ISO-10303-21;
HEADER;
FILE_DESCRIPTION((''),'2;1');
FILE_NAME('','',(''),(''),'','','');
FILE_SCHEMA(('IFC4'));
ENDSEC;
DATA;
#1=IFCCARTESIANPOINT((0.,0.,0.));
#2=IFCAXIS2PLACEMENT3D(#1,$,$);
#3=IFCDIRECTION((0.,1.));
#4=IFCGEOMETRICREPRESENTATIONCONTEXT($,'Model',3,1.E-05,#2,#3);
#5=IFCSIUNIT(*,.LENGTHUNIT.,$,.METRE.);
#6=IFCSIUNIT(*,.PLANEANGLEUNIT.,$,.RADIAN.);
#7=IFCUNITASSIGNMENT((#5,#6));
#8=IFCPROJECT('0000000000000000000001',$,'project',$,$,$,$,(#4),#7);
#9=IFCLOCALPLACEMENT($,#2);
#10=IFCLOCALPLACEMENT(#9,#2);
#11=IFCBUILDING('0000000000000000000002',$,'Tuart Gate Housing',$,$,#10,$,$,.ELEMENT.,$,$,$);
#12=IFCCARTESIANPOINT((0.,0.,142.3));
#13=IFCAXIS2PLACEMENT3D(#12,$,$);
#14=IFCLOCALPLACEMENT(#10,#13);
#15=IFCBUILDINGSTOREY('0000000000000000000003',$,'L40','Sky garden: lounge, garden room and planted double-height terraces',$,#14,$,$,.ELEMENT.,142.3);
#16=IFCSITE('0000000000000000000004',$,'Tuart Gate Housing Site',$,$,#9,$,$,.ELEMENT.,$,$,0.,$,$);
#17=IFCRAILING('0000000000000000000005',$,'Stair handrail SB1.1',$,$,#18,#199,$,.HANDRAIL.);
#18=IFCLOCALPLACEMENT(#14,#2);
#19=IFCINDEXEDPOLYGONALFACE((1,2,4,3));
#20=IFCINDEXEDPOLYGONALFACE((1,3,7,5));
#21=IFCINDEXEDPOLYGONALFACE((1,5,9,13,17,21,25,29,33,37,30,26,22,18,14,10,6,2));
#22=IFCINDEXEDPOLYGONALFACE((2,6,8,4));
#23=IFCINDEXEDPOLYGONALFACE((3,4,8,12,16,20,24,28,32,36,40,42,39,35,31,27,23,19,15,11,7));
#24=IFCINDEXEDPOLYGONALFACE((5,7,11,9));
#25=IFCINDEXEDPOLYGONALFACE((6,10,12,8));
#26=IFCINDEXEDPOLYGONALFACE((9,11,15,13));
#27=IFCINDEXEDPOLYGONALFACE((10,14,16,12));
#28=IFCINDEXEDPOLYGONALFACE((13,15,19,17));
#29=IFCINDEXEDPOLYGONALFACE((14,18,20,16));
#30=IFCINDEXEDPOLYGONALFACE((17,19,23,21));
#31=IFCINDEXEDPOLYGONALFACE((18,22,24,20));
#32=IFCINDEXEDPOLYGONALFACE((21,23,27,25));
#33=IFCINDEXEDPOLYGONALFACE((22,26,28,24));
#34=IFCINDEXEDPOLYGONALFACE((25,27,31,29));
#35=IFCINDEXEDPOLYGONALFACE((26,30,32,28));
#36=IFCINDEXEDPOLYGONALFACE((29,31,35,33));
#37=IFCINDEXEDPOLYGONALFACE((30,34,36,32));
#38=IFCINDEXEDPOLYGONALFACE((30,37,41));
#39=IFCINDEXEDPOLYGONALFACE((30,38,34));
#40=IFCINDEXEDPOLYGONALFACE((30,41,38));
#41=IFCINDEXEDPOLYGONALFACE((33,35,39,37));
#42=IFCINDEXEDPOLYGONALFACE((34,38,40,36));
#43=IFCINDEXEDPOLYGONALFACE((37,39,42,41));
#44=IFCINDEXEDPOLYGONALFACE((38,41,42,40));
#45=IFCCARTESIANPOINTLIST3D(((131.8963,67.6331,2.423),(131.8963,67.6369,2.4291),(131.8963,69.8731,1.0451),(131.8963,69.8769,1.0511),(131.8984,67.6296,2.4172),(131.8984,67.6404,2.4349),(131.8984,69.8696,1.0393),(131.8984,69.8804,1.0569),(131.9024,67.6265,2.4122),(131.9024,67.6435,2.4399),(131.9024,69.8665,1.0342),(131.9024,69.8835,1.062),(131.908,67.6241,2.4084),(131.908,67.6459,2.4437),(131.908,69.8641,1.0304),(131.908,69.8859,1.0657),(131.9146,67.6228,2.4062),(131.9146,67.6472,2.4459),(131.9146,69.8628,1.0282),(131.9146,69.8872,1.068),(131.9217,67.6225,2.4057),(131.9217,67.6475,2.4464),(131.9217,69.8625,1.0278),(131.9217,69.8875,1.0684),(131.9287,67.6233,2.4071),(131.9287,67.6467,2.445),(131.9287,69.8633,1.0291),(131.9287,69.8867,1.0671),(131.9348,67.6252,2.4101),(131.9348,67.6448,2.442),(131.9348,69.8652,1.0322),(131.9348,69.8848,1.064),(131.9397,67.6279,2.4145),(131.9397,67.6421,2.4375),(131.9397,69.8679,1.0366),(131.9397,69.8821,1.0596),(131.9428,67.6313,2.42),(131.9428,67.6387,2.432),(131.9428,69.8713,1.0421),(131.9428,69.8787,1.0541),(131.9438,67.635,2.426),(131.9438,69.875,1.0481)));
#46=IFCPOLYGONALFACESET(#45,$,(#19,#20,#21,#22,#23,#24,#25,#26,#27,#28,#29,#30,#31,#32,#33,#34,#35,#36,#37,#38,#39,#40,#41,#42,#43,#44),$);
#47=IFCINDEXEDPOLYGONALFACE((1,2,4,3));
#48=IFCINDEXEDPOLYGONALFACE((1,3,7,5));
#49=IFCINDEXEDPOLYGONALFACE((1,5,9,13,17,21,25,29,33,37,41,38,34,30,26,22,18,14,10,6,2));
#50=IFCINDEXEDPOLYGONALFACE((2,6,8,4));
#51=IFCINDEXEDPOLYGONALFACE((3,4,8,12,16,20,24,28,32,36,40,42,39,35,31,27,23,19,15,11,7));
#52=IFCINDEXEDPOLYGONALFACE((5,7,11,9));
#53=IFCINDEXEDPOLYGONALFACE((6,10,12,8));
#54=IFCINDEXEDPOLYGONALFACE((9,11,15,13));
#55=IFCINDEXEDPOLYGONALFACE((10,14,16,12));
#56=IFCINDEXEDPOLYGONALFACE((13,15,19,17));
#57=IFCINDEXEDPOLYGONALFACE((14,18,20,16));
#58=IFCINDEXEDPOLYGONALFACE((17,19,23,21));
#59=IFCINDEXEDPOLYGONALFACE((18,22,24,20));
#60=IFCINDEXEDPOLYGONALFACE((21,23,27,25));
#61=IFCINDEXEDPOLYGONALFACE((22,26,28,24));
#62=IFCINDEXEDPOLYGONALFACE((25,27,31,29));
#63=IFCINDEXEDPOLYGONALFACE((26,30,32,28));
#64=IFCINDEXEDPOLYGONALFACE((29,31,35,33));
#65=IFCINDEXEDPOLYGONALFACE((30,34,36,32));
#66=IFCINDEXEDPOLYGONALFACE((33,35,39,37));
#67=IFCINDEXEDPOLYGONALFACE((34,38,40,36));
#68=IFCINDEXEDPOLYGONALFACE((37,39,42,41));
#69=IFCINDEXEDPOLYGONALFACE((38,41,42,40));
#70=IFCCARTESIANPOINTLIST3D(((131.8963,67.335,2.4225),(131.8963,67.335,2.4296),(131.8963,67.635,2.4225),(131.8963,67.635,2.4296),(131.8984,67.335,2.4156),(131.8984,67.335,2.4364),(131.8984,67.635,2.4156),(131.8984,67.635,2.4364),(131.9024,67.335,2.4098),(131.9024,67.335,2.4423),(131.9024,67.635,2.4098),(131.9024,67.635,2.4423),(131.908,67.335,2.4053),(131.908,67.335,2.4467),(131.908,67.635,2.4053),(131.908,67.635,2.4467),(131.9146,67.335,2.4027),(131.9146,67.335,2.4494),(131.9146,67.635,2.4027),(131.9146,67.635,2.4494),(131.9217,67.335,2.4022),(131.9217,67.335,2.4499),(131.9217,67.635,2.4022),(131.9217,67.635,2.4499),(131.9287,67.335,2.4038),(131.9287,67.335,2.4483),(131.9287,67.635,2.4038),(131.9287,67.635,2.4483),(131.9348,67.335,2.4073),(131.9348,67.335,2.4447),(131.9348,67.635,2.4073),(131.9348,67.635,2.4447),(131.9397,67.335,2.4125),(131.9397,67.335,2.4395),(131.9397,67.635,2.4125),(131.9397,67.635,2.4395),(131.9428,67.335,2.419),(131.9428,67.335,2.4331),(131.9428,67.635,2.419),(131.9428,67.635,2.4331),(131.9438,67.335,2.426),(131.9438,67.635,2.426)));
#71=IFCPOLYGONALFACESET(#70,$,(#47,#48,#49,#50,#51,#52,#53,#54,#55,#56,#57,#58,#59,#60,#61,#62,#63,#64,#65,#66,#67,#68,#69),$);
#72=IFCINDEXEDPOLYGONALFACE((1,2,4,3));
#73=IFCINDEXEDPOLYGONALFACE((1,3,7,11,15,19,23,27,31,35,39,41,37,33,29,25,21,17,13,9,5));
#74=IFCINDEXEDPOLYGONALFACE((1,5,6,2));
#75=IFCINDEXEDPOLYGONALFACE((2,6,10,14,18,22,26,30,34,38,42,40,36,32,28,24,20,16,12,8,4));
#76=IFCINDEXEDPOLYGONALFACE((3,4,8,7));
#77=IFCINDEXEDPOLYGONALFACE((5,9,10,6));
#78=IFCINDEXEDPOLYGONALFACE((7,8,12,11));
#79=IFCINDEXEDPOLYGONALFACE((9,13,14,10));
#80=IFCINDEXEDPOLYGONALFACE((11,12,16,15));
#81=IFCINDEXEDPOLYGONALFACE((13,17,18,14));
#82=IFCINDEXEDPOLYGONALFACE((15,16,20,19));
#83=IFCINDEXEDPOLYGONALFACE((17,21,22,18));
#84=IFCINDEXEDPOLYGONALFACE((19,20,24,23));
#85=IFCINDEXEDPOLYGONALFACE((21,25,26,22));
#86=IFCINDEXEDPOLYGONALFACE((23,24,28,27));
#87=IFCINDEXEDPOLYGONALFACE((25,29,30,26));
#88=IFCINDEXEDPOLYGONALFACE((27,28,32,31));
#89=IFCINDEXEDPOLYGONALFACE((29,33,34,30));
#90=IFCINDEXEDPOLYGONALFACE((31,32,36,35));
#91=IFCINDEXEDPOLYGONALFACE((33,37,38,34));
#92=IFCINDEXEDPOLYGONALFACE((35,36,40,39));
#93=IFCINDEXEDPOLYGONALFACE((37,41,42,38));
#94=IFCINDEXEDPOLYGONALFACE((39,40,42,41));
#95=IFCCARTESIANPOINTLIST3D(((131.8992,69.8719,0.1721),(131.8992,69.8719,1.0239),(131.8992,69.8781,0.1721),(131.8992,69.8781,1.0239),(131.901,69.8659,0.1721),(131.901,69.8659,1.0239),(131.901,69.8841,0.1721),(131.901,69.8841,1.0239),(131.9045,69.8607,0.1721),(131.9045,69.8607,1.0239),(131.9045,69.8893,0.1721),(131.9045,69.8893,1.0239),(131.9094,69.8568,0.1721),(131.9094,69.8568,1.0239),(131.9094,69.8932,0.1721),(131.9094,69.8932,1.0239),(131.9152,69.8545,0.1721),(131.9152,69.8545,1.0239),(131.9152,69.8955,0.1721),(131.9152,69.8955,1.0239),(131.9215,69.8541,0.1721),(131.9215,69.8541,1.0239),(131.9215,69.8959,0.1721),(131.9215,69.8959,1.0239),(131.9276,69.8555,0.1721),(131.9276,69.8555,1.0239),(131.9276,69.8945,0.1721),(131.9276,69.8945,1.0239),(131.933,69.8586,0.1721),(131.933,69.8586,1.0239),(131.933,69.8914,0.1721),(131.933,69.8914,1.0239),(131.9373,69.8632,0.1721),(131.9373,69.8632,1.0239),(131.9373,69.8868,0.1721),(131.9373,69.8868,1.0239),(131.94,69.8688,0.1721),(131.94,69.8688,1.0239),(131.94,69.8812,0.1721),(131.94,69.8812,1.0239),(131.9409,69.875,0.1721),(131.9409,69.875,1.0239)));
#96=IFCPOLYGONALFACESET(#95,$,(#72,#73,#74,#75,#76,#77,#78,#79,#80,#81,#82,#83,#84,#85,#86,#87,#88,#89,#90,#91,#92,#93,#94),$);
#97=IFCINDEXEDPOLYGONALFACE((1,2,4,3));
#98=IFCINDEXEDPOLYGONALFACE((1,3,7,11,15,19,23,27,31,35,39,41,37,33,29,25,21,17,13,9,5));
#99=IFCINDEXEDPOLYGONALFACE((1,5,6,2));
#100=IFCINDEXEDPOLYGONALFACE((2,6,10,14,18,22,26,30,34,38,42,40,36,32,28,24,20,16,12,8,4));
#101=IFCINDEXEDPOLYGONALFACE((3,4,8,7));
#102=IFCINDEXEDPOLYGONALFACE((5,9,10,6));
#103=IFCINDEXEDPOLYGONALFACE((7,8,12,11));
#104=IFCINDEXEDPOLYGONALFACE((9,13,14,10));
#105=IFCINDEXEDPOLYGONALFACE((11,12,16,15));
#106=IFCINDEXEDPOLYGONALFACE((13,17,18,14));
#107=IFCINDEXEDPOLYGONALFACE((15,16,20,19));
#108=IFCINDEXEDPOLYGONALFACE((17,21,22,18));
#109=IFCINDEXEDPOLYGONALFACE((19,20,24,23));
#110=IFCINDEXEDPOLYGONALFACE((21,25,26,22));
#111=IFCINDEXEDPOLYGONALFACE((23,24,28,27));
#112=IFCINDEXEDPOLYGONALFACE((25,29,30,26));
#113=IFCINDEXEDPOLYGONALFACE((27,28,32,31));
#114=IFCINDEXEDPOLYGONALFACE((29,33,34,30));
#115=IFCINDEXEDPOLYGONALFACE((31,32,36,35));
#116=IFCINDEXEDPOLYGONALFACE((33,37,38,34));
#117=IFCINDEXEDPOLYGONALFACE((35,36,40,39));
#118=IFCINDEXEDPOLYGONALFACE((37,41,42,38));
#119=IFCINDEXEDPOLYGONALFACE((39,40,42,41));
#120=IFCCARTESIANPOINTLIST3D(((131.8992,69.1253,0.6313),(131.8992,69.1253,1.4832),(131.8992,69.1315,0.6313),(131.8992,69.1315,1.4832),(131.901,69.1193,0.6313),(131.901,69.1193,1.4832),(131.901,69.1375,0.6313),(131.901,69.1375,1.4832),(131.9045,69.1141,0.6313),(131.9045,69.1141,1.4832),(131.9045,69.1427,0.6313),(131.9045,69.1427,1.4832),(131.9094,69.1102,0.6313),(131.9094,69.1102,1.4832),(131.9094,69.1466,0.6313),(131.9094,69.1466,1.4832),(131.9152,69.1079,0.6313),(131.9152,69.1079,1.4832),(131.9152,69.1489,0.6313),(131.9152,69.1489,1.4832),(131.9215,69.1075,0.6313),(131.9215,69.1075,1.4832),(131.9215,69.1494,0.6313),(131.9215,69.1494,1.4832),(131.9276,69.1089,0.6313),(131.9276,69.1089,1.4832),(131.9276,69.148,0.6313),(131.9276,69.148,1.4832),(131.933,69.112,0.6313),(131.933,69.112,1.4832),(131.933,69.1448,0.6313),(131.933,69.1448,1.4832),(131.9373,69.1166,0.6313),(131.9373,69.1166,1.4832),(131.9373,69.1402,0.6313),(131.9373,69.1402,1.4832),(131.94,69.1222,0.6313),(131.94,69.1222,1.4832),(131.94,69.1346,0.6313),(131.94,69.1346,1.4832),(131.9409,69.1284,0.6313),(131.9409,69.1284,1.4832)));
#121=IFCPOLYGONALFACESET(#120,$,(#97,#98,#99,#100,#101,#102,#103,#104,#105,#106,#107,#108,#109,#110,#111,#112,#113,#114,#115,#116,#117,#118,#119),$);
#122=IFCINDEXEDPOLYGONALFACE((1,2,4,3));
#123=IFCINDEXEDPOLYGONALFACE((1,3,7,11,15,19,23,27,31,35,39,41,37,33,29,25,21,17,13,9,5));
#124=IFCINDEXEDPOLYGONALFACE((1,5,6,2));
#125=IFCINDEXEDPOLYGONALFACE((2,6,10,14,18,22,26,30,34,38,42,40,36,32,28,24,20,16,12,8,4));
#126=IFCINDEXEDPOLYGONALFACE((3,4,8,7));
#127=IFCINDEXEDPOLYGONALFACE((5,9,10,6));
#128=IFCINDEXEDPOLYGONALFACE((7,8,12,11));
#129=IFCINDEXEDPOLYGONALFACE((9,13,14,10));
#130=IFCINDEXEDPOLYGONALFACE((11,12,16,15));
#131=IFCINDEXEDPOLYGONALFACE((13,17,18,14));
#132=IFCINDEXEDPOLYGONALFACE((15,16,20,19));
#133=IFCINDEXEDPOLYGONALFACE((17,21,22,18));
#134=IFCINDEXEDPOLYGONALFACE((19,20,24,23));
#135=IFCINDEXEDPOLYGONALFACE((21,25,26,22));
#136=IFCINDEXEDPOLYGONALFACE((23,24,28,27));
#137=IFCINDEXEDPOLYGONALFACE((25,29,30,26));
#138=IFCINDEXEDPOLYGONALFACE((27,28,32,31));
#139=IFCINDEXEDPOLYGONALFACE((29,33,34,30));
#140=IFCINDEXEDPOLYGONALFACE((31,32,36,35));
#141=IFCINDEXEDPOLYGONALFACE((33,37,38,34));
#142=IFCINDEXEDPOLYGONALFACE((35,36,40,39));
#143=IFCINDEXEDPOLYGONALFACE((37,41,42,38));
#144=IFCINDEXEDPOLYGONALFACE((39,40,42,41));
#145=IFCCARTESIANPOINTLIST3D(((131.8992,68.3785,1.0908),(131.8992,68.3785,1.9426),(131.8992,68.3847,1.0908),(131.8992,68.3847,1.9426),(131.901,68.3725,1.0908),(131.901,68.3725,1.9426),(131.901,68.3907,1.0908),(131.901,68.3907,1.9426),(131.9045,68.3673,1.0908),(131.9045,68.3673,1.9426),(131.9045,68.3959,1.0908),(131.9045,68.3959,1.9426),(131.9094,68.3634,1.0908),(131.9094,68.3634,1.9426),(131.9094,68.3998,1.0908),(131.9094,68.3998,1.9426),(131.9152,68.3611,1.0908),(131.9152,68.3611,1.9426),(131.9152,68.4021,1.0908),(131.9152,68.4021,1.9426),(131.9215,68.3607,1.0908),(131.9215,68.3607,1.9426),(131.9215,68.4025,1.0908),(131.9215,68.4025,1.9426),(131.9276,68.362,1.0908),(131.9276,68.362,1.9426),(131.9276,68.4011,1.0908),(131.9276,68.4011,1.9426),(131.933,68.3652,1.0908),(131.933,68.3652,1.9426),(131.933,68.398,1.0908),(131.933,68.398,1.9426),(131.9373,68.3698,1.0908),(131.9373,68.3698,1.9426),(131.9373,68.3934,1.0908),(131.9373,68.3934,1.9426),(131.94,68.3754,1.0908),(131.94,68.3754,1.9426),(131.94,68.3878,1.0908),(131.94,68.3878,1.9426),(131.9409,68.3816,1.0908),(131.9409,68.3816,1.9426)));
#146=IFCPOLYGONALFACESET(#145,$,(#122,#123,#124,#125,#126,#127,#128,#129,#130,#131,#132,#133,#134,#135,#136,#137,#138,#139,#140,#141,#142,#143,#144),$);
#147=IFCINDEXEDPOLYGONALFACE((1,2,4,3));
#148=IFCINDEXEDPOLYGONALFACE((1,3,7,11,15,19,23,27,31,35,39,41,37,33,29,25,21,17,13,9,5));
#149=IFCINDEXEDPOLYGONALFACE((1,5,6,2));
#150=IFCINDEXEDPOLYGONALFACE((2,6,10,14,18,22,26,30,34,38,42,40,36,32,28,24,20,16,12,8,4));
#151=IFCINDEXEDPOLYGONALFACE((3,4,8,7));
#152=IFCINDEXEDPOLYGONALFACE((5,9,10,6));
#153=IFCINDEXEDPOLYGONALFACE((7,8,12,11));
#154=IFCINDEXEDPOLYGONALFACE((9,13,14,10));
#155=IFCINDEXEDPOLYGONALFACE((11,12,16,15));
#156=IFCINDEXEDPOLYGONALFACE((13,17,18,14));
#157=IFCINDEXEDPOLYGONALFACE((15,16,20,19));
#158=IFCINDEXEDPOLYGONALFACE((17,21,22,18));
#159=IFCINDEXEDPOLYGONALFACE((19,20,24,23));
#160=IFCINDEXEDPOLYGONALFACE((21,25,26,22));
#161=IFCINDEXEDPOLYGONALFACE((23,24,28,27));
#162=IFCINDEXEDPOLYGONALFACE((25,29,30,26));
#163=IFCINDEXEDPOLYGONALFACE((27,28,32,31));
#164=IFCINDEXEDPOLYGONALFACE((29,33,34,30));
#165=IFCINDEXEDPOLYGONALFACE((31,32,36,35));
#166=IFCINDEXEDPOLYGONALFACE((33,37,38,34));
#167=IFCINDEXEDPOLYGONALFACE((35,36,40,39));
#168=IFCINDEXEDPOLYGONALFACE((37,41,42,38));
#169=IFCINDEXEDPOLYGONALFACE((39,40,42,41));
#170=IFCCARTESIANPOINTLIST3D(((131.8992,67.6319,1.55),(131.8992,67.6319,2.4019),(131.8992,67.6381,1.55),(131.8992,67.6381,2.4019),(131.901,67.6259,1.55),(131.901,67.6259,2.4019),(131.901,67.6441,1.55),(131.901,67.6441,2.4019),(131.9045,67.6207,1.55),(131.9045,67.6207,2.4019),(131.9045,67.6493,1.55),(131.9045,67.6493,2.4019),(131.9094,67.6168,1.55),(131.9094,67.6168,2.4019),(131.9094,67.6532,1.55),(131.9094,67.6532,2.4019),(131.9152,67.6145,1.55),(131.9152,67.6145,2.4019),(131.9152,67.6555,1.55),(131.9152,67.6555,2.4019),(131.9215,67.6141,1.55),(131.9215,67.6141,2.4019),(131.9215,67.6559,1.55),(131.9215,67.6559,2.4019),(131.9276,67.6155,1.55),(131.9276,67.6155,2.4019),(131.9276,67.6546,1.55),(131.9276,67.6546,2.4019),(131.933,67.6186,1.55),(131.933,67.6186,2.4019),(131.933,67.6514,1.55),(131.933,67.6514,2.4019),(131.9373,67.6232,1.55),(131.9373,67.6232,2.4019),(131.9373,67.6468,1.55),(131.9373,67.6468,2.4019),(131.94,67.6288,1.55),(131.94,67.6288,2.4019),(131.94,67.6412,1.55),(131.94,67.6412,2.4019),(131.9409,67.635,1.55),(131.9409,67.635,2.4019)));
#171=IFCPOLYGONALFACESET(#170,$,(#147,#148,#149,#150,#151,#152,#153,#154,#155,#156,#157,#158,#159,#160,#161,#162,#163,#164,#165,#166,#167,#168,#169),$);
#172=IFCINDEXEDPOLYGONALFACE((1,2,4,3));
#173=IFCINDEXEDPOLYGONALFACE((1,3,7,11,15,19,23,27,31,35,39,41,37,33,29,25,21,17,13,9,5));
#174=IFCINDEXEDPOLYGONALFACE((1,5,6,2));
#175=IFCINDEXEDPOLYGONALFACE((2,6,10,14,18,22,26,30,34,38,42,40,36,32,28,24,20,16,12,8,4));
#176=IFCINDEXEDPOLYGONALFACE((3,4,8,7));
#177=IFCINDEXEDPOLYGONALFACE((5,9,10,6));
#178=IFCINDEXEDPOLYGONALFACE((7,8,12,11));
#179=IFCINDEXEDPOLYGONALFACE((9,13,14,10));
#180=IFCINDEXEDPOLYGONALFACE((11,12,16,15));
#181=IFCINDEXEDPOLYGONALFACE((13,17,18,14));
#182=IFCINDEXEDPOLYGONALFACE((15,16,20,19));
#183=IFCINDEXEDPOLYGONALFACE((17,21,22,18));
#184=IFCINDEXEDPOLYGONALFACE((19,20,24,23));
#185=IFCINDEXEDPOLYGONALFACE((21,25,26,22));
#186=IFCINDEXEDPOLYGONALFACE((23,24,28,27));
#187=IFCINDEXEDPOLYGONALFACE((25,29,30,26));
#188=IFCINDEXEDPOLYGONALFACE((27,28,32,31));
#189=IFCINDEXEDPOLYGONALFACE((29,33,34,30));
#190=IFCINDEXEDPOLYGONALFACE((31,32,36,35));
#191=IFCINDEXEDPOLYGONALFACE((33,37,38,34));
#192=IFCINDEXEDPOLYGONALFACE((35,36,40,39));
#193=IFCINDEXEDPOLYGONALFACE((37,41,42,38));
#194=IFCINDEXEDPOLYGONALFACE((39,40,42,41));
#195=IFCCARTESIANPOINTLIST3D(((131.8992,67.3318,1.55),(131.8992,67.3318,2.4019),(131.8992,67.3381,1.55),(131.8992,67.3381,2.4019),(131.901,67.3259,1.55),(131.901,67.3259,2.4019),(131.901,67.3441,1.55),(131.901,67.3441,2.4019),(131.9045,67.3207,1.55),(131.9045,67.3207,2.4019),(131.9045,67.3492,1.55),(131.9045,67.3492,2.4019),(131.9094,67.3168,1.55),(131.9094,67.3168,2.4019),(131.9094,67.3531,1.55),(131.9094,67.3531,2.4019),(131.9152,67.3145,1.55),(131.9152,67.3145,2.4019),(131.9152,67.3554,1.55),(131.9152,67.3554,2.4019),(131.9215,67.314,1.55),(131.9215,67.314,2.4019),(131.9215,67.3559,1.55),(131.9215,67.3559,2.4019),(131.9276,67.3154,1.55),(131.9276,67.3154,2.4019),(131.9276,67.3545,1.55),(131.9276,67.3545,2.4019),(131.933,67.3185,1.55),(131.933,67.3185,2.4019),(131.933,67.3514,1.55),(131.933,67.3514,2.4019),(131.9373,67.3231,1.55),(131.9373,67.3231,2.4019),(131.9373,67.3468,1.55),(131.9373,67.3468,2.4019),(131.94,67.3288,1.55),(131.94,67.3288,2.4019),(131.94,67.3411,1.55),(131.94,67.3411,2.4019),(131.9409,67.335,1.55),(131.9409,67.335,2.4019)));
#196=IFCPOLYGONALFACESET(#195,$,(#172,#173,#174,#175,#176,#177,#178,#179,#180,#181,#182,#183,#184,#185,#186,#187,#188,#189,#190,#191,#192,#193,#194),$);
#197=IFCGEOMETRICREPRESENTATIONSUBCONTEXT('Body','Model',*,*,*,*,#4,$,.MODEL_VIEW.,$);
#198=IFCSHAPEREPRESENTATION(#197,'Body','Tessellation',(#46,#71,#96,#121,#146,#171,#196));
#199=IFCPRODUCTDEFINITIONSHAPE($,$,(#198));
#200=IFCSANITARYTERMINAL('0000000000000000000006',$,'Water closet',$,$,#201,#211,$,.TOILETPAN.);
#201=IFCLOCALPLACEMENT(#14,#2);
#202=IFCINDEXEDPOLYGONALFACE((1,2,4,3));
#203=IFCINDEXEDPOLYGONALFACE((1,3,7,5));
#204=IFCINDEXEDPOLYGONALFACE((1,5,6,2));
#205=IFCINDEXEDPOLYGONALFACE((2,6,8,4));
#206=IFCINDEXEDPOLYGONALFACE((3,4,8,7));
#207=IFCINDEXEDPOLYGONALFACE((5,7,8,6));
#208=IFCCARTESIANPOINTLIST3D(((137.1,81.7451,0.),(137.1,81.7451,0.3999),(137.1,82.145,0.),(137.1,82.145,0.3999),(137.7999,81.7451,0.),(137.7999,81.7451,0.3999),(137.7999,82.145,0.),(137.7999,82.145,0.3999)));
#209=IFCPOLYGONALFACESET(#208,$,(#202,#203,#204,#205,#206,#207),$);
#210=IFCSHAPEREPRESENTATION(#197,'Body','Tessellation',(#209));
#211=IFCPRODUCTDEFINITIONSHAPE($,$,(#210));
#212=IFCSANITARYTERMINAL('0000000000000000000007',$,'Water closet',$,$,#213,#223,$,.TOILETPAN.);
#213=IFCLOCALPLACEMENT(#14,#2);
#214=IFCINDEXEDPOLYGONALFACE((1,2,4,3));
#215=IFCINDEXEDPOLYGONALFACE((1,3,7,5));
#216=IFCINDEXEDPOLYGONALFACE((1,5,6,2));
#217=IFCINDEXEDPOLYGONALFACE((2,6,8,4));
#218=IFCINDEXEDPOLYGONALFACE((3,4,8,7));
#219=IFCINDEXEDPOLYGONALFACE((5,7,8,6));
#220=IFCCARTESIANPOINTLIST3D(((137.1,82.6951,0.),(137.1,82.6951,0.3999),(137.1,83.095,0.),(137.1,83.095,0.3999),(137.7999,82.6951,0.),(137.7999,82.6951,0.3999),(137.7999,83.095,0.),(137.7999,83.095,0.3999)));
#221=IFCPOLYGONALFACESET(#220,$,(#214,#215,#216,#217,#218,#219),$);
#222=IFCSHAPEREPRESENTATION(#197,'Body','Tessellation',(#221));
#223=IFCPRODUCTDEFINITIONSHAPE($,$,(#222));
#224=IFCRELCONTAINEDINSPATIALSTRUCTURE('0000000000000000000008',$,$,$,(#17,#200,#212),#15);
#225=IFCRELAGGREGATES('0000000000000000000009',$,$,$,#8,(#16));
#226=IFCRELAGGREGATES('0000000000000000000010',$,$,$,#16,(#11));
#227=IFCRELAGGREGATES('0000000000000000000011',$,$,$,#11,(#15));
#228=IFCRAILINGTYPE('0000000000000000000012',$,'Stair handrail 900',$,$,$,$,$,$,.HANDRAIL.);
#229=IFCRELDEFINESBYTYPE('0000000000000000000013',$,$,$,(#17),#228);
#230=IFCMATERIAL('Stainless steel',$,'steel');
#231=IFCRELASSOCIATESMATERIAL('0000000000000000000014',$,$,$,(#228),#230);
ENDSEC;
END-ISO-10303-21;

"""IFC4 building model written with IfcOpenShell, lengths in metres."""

from ifc_helpers import new_model, si_unit, direction, frame, origin, origin_2d, place, context, subcontext, project, spatial, rectangle, circle, extrude, material, type_object, element, save


model = new_model("IFC4")

# Units and contexts
model_context = context("Model", 3, precision=1e-05, world=origin(), true_north=direction((0.0, 1.0)))
body_context = subcontext(model_context, "Body", "Model", "MODEL_VIEW")
ifc_project = project(units=[si_unit("LENGTHUNIT", "METRE"), si_unit("PLANEANGLEUNIT", "RADIAN")], contexts=[model_context])

# Site, building, storey
site_placement = place(None, origin())
site = spatial("IfcSite", under=ifc_project, at=site_placement, Name="Tuart Gate Housing Site", CompositionType="ELEMENT", RefElevation=0.0)
building_placement = place(site_placement, origin())
building = spatial("IfcBuilding", under=site, at=building_placement, Name="Tuart Gate Housing", CompositionType="ELEMENT")
storey_placement = place(building_placement, frame((0.0, 0.0, 142.3)))
storey = spatial("IfcBuildingStorey", under=building, at=storey_placement, Name="L40", Description="Sky garden: lounge, garden room and planted double-height terraces", CompositionType="ELEMENT", Elevation=142.3)

# Railing
ifc_material_1 = material(Name="Stainless steel", Category="steel")
railing_type = type_object("IfcRailingType", Name="Stair handrail 900", PredefinedType="HANDRAIL", material=ifc_material_1)
railing_placement = place(storey_placement, frame((131.9199, 69.875, 0.1721)))
element("IfcRailing", 1, at=railing_placement, inside=storey, type_object=railing_type, Name="Stair handrail SB1.1", PredefinedType="HANDRAIL", context=body_context, shape_type="SweptSolid", body=[
    extrude(circle(Radius=0.0239, at=origin_2d()), frame((0.0, 0.0, 0.876), z_axis=(0.0, -0.851748, 0.523952), x_axis=(1.0, 0.0, 0.0)), (0.0, 0.0, 1.0), 2.6299),
    extrude(circle(Radius=0.0239, at=origin_2d()), frame((0.0, -2.24, 2.2539), z_axis=(0.0, -1.0, 0.0), x_axis=(1.0, 0.0, 0.0)), (0.0, 0.0, 1.0), 0.3),
    extrude(circle(Radius=0.021, at=origin_2d()), origin(), (0.0, 0.0, 1.0), 0.8518),
    extrude(circle(Radius=0.021, at=origin_2d()), frame((0.0, -0.7466, 0.4592)), (0.0, 0.0, 1.0), 0.8518),
    extrude(circle(Radius=0.021, at=origin_2d()), frame((0.0, -1.4934, 0.9187)), (0.0, 0.0, 1.0), 0.8518),
    extrude(circle(Radius=0.021, at=origin_2d()), frame((0.0, -2.24, 1.3779)), (0.0, 0.0, 1.0), 0.8518),
    extrude(circle(Radius=0.021, at=origin_2d()), frame((0.0, -2.54, 1.3779)), (0.0, 0.0, 1.0), 0.8518),
])

# Sanitary terminals
for number, where, z_axis, x_axis, name in (
    (2, (137.45, 81.9451, 0.0), (0.0, 0.0, 1.0), (1.0, 0.0, 0.0), "Water closet"),
    (3, (137.45, 82.895, 0.0), (0.0, 0.0, 1.0), (1.0, 0.0, 0.0), "Water closet"),
):
    element("IfcSanitaryTerminal", number, at=place(storey_placement, frame(where, z_axis=z_axis, x_axis=x_axis)), inside=storey, Name=name, PredefinedType="TOILETPAN", context=body_context, shape_type="SweptSolid", body=[
        extrude(rectangle(XDim=0.7, YDim=0.3999, at=origin_2d()), origin(), (0.0, 0.0, 1.0), 0.3999),
    ])

save(model, "model.ifc")
